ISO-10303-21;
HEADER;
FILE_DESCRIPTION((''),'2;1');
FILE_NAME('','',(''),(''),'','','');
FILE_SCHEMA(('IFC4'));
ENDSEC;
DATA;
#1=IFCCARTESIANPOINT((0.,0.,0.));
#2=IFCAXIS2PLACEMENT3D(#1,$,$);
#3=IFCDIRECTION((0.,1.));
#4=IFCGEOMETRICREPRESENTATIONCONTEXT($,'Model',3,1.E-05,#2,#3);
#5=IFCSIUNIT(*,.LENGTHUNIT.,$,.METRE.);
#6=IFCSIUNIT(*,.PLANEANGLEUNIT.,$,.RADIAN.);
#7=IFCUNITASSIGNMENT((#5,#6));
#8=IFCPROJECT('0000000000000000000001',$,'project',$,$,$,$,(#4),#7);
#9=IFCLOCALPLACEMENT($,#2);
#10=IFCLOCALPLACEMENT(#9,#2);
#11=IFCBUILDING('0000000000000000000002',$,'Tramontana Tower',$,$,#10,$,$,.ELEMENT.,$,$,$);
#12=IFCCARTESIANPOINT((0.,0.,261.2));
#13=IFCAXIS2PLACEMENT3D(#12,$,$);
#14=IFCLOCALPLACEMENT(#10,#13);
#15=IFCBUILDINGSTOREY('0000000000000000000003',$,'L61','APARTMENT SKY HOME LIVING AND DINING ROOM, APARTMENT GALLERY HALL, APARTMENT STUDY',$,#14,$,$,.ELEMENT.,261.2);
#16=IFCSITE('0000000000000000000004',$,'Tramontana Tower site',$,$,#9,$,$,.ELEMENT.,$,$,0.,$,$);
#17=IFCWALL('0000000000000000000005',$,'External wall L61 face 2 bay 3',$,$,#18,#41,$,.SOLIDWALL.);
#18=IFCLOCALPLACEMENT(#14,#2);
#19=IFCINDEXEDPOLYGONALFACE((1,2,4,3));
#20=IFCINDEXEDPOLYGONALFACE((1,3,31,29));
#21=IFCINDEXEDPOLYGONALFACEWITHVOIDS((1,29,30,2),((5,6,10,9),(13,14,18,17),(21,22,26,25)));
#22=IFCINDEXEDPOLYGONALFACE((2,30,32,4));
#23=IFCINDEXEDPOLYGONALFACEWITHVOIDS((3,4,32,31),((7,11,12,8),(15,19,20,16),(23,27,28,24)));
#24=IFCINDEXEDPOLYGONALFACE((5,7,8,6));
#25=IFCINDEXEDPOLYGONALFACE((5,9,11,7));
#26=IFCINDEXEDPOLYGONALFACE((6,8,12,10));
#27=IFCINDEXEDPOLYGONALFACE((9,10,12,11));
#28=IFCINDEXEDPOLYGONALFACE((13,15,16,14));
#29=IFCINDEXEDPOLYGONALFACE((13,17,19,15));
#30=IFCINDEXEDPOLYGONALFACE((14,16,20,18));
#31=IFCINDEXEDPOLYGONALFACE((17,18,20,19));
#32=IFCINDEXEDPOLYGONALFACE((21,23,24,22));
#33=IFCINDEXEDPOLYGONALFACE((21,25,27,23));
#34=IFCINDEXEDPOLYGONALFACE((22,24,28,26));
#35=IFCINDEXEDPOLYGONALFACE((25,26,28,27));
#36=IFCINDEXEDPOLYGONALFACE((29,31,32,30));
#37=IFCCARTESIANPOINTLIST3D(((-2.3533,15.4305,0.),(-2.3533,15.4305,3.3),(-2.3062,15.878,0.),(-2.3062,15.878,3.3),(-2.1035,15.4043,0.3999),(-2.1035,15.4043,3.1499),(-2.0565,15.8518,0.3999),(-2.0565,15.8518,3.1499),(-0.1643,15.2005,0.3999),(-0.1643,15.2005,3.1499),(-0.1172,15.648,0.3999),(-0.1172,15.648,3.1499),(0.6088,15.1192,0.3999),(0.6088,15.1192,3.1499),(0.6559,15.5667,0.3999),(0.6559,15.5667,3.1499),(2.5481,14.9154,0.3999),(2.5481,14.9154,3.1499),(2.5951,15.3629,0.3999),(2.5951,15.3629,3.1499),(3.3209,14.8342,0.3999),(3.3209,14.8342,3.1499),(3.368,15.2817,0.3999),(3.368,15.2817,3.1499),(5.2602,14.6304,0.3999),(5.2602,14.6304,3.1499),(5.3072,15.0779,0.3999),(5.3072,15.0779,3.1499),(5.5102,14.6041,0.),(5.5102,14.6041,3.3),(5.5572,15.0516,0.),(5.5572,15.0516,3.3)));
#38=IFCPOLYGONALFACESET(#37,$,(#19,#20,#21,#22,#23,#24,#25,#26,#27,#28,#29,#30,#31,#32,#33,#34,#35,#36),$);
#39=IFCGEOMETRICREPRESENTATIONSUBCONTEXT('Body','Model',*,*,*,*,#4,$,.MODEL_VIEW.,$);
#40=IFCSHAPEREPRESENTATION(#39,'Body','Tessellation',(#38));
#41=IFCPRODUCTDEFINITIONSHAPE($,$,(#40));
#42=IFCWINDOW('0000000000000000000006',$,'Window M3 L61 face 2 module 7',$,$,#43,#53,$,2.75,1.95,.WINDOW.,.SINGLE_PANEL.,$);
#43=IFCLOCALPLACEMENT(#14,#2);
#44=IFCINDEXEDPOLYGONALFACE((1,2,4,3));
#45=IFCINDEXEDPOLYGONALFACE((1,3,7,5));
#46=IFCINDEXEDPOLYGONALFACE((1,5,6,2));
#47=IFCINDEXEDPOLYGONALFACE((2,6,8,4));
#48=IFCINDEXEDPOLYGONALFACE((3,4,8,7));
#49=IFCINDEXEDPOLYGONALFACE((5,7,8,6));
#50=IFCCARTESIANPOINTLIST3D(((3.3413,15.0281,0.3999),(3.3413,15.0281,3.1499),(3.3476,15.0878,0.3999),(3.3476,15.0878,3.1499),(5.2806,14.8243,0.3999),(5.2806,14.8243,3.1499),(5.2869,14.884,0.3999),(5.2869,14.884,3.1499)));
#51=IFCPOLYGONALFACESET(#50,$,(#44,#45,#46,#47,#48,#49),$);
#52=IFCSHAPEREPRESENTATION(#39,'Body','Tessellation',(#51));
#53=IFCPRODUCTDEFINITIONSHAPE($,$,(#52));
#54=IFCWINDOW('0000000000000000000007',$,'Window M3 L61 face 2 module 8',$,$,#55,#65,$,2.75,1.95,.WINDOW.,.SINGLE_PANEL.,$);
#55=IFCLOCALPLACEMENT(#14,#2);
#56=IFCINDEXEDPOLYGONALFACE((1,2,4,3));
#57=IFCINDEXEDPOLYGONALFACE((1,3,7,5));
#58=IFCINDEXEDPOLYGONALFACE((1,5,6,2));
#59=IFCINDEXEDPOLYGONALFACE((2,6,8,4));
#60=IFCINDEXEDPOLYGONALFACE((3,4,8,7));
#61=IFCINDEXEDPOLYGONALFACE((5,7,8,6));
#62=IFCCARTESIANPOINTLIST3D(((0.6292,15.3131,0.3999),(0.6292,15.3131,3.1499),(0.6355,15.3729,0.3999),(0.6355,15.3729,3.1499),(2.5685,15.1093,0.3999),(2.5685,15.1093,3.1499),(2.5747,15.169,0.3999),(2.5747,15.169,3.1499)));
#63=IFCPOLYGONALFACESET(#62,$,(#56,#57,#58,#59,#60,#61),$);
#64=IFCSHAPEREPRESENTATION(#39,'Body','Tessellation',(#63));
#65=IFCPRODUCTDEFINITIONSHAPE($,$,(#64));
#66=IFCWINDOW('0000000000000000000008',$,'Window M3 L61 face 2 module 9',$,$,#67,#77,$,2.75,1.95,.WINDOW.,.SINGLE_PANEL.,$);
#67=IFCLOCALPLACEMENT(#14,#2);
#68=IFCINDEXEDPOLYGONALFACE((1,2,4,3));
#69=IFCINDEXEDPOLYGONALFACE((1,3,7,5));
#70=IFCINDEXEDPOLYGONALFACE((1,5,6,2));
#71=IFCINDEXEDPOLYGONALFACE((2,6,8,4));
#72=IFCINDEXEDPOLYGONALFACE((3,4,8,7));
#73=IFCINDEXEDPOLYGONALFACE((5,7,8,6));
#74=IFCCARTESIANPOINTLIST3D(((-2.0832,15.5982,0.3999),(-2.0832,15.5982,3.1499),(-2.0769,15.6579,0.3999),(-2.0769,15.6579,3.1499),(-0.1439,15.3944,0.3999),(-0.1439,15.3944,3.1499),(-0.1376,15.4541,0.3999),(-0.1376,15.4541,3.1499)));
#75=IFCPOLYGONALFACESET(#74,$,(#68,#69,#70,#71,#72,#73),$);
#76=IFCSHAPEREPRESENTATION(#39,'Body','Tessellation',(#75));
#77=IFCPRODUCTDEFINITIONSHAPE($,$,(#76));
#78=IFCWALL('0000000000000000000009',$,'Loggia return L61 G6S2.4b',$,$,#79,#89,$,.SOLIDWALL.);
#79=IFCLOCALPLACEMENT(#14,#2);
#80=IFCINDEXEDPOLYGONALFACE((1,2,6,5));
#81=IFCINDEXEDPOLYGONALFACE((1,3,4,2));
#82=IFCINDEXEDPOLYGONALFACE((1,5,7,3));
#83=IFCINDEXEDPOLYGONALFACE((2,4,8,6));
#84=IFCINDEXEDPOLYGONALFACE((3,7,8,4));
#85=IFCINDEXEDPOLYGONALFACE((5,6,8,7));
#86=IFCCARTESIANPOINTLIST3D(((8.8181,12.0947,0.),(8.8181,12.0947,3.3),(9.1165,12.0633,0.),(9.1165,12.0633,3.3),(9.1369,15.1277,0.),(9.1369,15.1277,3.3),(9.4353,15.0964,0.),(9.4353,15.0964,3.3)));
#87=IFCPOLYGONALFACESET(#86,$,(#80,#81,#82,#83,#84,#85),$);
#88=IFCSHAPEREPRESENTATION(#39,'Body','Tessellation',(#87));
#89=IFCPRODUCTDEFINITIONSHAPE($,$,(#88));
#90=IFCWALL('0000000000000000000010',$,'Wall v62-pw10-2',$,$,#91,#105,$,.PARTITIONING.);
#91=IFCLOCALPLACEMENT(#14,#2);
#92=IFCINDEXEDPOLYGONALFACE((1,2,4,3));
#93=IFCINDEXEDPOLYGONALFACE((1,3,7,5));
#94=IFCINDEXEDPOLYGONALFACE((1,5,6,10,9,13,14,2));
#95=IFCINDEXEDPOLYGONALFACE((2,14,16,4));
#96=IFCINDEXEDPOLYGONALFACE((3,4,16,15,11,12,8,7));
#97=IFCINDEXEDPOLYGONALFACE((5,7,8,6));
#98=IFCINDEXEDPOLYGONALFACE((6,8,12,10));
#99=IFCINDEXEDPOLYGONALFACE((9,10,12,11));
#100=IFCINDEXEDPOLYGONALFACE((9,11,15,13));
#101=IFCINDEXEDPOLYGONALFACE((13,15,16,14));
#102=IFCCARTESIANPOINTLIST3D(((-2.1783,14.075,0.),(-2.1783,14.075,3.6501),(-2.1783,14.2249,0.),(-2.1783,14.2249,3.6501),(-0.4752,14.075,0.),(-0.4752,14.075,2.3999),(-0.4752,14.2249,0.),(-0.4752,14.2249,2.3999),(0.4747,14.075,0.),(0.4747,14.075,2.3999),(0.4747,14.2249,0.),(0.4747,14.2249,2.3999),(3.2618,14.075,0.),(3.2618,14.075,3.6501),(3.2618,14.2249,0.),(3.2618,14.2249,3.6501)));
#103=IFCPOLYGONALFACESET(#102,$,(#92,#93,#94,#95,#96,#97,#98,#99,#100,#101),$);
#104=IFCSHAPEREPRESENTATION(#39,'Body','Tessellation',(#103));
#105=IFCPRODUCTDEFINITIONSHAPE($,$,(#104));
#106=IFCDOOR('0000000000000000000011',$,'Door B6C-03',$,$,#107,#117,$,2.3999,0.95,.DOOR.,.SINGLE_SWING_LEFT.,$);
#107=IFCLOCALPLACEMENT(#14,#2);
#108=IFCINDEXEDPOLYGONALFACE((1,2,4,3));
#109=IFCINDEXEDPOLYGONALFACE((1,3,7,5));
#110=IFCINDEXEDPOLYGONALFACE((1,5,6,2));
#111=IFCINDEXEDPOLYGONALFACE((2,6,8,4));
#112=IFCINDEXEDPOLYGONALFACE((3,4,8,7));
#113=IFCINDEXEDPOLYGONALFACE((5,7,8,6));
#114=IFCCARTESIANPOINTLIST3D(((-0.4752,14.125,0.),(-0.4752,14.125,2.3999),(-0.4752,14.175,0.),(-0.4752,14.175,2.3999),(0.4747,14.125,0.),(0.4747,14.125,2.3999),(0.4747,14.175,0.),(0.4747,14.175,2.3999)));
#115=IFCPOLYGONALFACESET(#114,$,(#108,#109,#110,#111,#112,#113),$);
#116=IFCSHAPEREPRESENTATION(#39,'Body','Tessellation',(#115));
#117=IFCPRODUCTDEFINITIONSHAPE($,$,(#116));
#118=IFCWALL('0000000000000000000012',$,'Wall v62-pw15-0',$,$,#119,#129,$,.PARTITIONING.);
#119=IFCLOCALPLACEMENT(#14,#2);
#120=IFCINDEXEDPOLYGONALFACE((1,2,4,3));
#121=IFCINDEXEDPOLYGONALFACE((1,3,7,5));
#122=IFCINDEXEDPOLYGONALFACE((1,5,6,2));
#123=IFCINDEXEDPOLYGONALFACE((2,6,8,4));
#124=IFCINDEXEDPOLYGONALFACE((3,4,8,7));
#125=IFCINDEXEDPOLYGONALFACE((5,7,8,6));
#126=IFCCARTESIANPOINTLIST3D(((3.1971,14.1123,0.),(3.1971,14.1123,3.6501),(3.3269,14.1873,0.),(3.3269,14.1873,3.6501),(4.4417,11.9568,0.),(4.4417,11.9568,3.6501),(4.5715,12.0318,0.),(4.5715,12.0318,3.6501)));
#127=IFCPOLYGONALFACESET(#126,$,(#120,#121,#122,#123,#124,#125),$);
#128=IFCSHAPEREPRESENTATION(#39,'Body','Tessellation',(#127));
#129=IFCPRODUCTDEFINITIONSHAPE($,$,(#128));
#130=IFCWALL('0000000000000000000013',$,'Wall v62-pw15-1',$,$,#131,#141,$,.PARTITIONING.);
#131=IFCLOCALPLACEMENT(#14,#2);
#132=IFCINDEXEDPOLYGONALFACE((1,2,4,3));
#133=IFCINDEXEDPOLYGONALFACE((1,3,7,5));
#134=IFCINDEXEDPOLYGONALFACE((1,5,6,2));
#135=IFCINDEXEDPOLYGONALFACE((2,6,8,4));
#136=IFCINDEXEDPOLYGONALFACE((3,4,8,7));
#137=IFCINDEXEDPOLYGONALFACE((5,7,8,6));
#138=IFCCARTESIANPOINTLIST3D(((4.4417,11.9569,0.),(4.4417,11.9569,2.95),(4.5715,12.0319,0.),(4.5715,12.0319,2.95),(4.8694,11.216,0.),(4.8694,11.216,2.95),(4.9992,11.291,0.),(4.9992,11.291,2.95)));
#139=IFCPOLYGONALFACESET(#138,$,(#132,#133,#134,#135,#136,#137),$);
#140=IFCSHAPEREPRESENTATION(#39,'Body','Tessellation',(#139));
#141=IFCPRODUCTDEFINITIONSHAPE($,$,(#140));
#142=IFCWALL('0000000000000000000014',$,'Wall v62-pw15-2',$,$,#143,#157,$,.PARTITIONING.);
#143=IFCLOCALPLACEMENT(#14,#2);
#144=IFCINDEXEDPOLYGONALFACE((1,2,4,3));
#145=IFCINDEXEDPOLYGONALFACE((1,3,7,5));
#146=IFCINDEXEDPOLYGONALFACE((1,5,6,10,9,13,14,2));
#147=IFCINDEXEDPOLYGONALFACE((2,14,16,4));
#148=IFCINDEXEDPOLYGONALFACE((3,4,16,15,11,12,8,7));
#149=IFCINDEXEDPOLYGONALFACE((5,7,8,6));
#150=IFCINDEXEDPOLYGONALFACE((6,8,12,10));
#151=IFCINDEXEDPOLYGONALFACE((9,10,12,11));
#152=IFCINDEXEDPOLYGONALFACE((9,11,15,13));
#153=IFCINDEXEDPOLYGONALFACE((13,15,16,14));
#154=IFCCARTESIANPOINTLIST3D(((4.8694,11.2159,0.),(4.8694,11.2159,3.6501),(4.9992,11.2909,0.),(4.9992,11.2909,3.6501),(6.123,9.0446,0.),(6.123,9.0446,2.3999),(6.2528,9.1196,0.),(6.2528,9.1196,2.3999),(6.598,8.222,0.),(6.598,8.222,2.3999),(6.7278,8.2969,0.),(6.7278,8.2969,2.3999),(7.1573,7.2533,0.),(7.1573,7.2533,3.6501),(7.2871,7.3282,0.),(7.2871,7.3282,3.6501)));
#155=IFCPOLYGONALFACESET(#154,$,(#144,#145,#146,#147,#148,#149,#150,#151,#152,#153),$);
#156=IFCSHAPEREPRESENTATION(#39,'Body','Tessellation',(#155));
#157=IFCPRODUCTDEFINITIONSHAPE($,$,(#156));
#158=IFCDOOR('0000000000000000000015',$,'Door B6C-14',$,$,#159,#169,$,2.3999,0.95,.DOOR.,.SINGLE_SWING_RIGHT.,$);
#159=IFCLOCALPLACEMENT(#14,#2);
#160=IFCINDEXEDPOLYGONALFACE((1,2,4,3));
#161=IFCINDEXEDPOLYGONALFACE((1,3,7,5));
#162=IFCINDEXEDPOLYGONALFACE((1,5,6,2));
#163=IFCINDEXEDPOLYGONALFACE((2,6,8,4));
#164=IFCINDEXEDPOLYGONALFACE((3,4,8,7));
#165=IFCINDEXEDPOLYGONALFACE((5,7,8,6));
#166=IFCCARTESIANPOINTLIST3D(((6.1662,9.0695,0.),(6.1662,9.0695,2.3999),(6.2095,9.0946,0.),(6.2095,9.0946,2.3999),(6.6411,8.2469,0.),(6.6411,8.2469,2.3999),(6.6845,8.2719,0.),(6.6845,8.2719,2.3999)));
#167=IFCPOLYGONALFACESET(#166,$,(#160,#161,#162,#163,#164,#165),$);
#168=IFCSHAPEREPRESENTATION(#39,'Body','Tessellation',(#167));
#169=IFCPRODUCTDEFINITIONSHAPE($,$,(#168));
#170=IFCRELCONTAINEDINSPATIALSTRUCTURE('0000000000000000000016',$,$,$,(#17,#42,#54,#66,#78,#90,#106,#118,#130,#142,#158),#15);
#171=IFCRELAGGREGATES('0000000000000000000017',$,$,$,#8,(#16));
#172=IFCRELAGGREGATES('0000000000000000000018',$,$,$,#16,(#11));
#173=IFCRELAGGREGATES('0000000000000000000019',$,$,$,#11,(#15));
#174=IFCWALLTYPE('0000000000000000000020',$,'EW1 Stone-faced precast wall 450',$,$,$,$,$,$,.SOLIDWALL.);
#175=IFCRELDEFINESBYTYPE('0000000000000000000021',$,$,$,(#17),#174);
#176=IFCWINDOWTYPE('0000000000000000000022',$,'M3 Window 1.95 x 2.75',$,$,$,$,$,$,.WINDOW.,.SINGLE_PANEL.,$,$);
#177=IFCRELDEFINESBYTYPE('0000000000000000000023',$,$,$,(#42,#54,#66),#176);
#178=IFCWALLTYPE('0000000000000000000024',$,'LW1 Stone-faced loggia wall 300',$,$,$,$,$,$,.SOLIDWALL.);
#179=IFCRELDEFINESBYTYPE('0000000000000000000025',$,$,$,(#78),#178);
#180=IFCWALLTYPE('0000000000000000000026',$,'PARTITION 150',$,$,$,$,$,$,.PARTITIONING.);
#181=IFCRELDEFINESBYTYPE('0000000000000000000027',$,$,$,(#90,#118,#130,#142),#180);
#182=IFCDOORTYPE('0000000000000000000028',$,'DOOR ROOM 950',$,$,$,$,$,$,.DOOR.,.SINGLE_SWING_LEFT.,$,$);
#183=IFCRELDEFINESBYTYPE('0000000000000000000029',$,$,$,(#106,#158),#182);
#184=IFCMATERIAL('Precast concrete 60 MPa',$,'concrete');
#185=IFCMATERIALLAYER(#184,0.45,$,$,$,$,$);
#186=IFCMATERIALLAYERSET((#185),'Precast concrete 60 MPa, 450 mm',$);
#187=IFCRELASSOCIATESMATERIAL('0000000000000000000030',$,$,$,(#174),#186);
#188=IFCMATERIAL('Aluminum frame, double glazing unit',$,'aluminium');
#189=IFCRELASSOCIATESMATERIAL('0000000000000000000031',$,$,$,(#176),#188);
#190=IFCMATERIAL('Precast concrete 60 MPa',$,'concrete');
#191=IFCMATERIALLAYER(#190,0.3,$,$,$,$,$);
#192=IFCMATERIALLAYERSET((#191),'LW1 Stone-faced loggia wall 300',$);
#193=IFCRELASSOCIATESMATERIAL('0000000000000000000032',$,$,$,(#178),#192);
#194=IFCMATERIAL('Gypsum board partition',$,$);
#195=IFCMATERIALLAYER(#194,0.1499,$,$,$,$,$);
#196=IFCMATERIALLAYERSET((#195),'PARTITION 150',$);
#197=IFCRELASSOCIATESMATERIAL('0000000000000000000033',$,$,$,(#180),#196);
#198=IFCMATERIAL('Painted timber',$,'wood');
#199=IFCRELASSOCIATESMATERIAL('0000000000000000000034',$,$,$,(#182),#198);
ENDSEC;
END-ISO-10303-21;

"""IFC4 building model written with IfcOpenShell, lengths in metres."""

from ifc_helpers import new_model, si_unit, direction, frame, frame_2d, origin, place, context, subcontext, project, spatial, rectangle, extrude, material, layer, layer_set, type_object, element, fill, save


model = new_model("IFC4")

# Units and contexts
model_context = context("Model", 3, precision=1e-05, world=origin(), true_north=direction((0.0, 1.0)))
body_context = subcontext(model_context, "Body", "Model", "MODEL_VIEW")
ifc_project = project(units=[si_unit("LENGTHUNIT", "METRE"), si_unit("PLANEANGLEUNIT", "RADIAN")], contexts=[model_context])

# Site, building, storey
site_placement = place(None, origin())
site = spatial("IfcSite", under=ifc_project, at=site_placement, Name="Tramontana Tower site", CompositionType="ELEMENT", RefElevation=0.0)
building_placement = place(site_placement, origin())
building = spatial("IfcBuilding", under=site, at=building_placement, Name="Tramontana Tower", CompositionType="ELEMENT")
storey_placement = place(building_placement, frame((0.0, 0.0, 261.2)))
storey = spatial("IfcBuildingStorey", under=building, at=storey_placement, Name="L61", Description="APARTMENT SKY HOME LIVING AND DINING ROOM, APARTMENT GALLERY HALL, APARTMENT STUDY", CompositionType="ELEMENT", Elevation=261.2)

# Shared definitions
ifc_material_1 = material(Name="Precast concrete 60 MPa", Category="concrete")
ifc_layer_1 = layer(ifc_material_1, 0.45)
ifc_layer_set_1 = layer_set([ifc_layer_1], Name="Precast concrete 60 MPa, 450 mm")
wall_type_1 = type_object("IfcWallType", Name="EW1 Stone-faced precast wall 450", PredefinedType="SOLIDWALL", material=ifc_layer_set_1)
ifc_material_2 = material(Name="Aluminum frame, double glazing unit", Category="aluminium")
window_type = type_object("IfcWindowType", Name="M3 Window 1.95 x 2.75", PartitioningType="SINGLE_PANEL", PredefinedType="WINDOW", material=ifc_material_2)

# Wall, openings, windows
wall_1_placement = place(storey_placement, frame((5.5337, 14.8279, 0.0), z_axis=(0.0, 0.0, 1.0), x_axis=(-0.994523, 0.104519, 0.0)))
wall_1 = element("IfcWall", 1, at=wall_1_placement, inside=storey, type_object=wall_type_1, Name="External wall L61 face 2 bay 3", PredefinedType="SOLIDWALL", context=body_context, shape_type="SweptSolid", body=[
    extrude(rectangle(XDim=7.9067, YDim=0.45, at=frame_2d((3.9534, 0.0))), origin(), (0.0, 0.0, 1.0), 3.3),
])
opening_1_placement = place(wall_1_placement, frame((0.2512, 0.0, 0.3999)))
opening_1 = element("IfcOpeningElement", 2, at=opening_1_placement, cuts=wall_1, PredefinedType="OPENING", context=body_context, shape_type="SweptSolid", body=[
    extrude(rectangle(XDim=1.95, YDim=2.75, at=frame_2d((0.9751, 1.375))), frame((0.0, 0.2349, 0.0), z_axis=(0.0, -1.0, 0.0), x_axis=(1.0, 0.0, 0.0)), (0.0, 0.0, 1.0), 0.47),
])
opening_2_placement = place(wall_1_placement, frame((2.9783, 0.0, 0.3999)))
opening_2 = element("IfcOpeningElement", 3, at=opening_2_placement, cuts=wall_1, PredefinedType="OPENING", context=body_context, shape_type="SweptSolid", body=[
    extrude(rectangle(XDim=1.95, YDim=2.75, at=frame_2d((0.9751, 1.375))), frame((0.0, 0.2349, 0.0), z_axis=(0.0, -1.0, 0.0), x_axis=(1.0, 0.0, 0.0)), (0.0, 0.0, 1.0), 0.47),
])
opening_3_placement = place(wall_1_placement, frame((5.7056, 0.0, 0.3999)))
opening_3 = element("IfcOpeningElement", 4, at=opening_3_placement, cuts=wall_1, PredefinedType="OPENING", context=body_context, shape_type="SweptSolid", body=[
    extrude(rectangle(XDim=1.95, YDim=2.75, at=frame_2d((0.9751, 1.375))), frame((0.0, 0.2349, 0.0), z_axis=(0.0, -1.0, 0.0), x_axis=(1.0, 0.0, 0.0)), (0.0, 0.0, 1.0), 0.47),
])
window_1_placement = place(opening_1_placement, origin())
window_1 = element("IfcWindow", 5, at=window_1_placement, inside=storey, type_object=window_type, Name="Window M3 L61 face 2 module 7", OverallHeight=2.75, OverallWidth=1.95, PartitioningType="SINGLE_PANEL", PredefinedType="WINDOW", context=body_context, shape_type="SweptSolid", body=[
    extrude(rectangle(XDim=1.95, YDim=2.75, at=frame_2d((0.9751, 1.375))), frame((0.0, 0.03, 0.0), z_axis=(0.0, -1.0, 0.0), x_axis=(1.0, 0.0, 0.0)), (0.0, 0.0, 1.0), 0.0601),
])
fill(opening_1, window_1)
window_2_placement = place(opening_2_placement, origin())
window_2 = element("IfcWindow", 6, at=window_2_placement, inside=storey, type_object=window_type, Name="Window M3 L61 face 2 module 8", OverallHeight=2.75, OverallWidth=1.95, PartitioningType="SINGLE_PANEL", PredefinedType="WINDOW", context=body_context, shape_type="SweptSolid", body=[
    extrude(rectangle(XDim=1.95, YDim=2.75, at=frame_2d((0.9751, 1.375))), frame((0.0, 0.03, 0.0), z_axis=(0.0, -1.0, 0.0), x_axis=(1.0, 0.0, 0.0)), (0.0, 0.0, 1.0), 0.0601),
])
fill(opening_2, window_2)
window_3_placement = place(opening_3_placement, origin())
window_3 = element("IfcWindow", 7, at=window_3_placement, inside=storey, type_object=window_type, Name="Window M3 L61 face 2 module 9", OverallHeight=2.75, OverallWidth=1.95, PartitioningType="SINGLE_PANEL", PredefinedType="WINDOW", context=body_context, shape_type="SweptSolid", body=[
    extrude(rectangle(XDim=1.95, YDim=2.75, at=frame_2d((0.9751, 1.375))), frame((0.0, 0.03, 0.0), z_axis=(0.0, -1.0, 0.0), x_axis=(1.0, 0.0, 0.0)), (0.0, 0.0, 1.0), 0.0601),
])
fill(opening_3, window_3)

# Wall
ifc_material_3 = material(Name="Precast concrete 60 MPa", Category="concrete")
ifc_layer_2 = layer(ifc_material_3, 0.3)
ifc_layer_set_2 = layer_set([ifc_layer_2], Name="LW1 Stone-faced loggia wall 300")
wall_type_2 = type_object("IfcWallType", Name="LW1 Stone-faced loggia wall 300", PredefinedType="SOLIDWALL", material=ifc_layer_set_2)
wall_2_placement = place(storey_placement, frame((9.2861, 15.1121, 0.0), z_axis=(0.0, 0.0, 1.0), x_axis=(-0.104543, -0.99452, 0.0)))
element("IfcWall", 8, at=wall_2_placement, inside=storey, type_object=wall_type_2, Name="Loggia return L61 G6S2.4b", PredefinedType="SOLIDWALL", context=body_context, shape_type="SweptSolid", body=[
    extrude(rectangle(XDim=3.0498, YDim=0.3, at=frame_2d((1.5249, 0.0))), origin(), (0.0, 0.0, 1.0), 3.3),
])

# Wall, opening, door
ifc_material_4 = material(Name="Gypsum board partition")
ifc_layer_3 = layer(ifc_material_4, 0.1499)
ifc_layer_set_3 = layer_set([ifc_layer_3], Name="PARTITION 150")
wall_type_3 = type_object("IfcWallType", Name="PARTITION 150", PredefinedType="PARTITIONING", material=ifc_layer_set_3)
wall_3_placement = place(storey_placement, frame((3.262, 14.1499, 0.0), z_axis=(0.0, 0.0, 1.0), x_axis=(-1.0, 0.0, 0.0)))
wall_3 = element("IfcWall", 9, at=wall_3_placement, inside=storey, type_object=wall_type_3, Name="Wall v62-pw10-2", PredefinedType="PARTITIONING", context=body_context, shape_type="SweptSolid", body=[
    extrude(rectangle(XDim=5.4402, YDim=0.1499, at=frame_2d((2.7202, 0.0))), origin(), (0.0, 0.0, 1.0), 3.6501),
])
opening_4_placement = place(wall_3_placement, frame((2.7871, 0.0, 0.0)))
opening_4 = element("IfcOpeningElement", 10, at=opening_4_placement, cuts=wall_3, PredefinedType="OPENING", context=body_context, shape_type="SweptSolid", body=[
    extrude(rectangle(XDim=0.95, YDim=2.3999, at=frame_2d((0.4751, 1.2))), frame((0.0, 0.085, 0.0), z_axis=(0.0, -1.0, 0.0), x_axis=(1.0, 0.0, 0.0)), (0.0, 0.0, 1.0), 0.1699),
])
ifc_material_5 = material(Name="Painted timber", Category="wood")
door_type_1 = type_object("IfcDoorType", Name="DOOR ROOM 950", OperationType="SINGLE_SWING_LEFT", PredefinedType="DOOR", material=ifc_material_5)
door_1_placement = place(opening_4_placement, origin())
door_1 = element("IfcDoor", 11, at=door_1_placement, inside=storey, type_object=door_type_1, Name="Door B6C-03", OperationType="SINGLE_SWING_LEFT", OverallHeight=2.3999, OverallWidth=0.95, PredefinedType="DOOR", context=body_context, shape_type="SweptSolid", body=[
    extrude(rectangle(XDim=0.95, YDim=2.3999, at=frame_2d((0.4751, 1.2))), frame((0.0, 0.0249, 0.0), z_axis=(0.0, -1.0, 0.0), x_axis=(1.0, 0.0, 0.0)), (0.0, 0.0, 1.0), 0.05),
])
fill(opening_4, door_1)

# Walls
wall_4_placement = place(storey_placement, frame((3.262, 14.1499, 0.0), z_axis=(0.0, 0.0, 1.0), x_axis=(0.500042, -0.866001, 0.0)))
element("IfcWall", 12, at=wall_4_placement, inside=storey, type_object=wall_type_3, Name="Wall v62-pw15-0", PredefinedType="PARTITIONING", context=body_context, shape_type="SweptSolid", body=[
    extrude(rectangle(XDim=2.489, YDim=0.1499, at=frame_2d((1.2446, 0.0))), origin(), (0.0, 0.0, 1.0), 3.6501),
])
wall_5_placement = place(storey_placement, frame((4.5066, 11.9944, 0.0), z_axis=(0.0, 0.0, 1.0), x_axis=(0.499945, -0.866057, 0.0)))
element("IfcWall", 13, at=wall_5_placement, inside=storey, type_object=wall_type_3, Name="Wall v62-pw15-1", PredefinedType="PARTITIONING", context=body_context, shape_type="SweptSolid", body=[
    extrude(rectangle(XDim=0.8555, YDim=0.1499, at=frame_2d((0.4277, 0.0))), origin(), (0.0, 0.0, 1.0), 2.95),
])

# Wall, opening, door
wall_6_placement = place(storey_placement, frame((4.9343, 11.2534, 0.0), z_axis=(0.0, 0.0, 1.0), x_axis=(0.500001, -0.866025, 0.0)))
wall_6 = element("IfcWall", 14, at=wall_6_placement, inside=storey, type_object=wall_type_3, Name="Wall v62-pw15-2", PredefinedType="PARTITIONING", context=body_context, shape_type="SweptSolid", body=[
    extrude(rectangle(XDim=4.5757, YDim=0.1499, at=frame_2d((2.2878, 0.0))), origin(), (0.0, 0.0, 1.0), 3.6501),
])
opening_5_placement = place(wall_6_placement, frame((2.5071, 0.0, 0.0)))
opening_5 = element("IfcOpeningElement", 15, at=opening_5_placement, cuts=wall_6, PredefinedType="OPENING", context=body_context, shape_type="SweptSolid", body=[
    extrude(rectangle(XDim=0.95, YDim=2.3999, at=frame_2d((0.4751, 1.2))), frame((0.0, 0.085, 0.0), z_axis=(0.0, -1.0, 0.0), x_axis=(1.0, 0.0, 0.0)), (0.0, 0.0, 1.0), 0.1699),
])
door_2_placement = place(opening_5_placement, origin())
door_2 = element("IfcDoor", 16, at=door_2_placement, inside=storey, type_object=door_type_1, Name="Door B6C-14", OperationType="SINGLE_SWING_RIGHT", OverallHeight=2.3999, OverallWidth=0.95, PredefinedType="DOOR", context=body_context, shape_type="SweptSolid", body=[
    extrude(rectangle(XDim=0.95, YDim=2.3999, at=frame_2d((0.4751, 1.2))), frame((0.0, 0.0249, 0.0), z_axis=(0.0, -1.0, 0.0), x_axis=(1.0, 0.0, 0.0)), (0.0, 0.0, 1.0), 0.05),
])
fill(opening_5, door_2)

save(model, "model.ifc")
